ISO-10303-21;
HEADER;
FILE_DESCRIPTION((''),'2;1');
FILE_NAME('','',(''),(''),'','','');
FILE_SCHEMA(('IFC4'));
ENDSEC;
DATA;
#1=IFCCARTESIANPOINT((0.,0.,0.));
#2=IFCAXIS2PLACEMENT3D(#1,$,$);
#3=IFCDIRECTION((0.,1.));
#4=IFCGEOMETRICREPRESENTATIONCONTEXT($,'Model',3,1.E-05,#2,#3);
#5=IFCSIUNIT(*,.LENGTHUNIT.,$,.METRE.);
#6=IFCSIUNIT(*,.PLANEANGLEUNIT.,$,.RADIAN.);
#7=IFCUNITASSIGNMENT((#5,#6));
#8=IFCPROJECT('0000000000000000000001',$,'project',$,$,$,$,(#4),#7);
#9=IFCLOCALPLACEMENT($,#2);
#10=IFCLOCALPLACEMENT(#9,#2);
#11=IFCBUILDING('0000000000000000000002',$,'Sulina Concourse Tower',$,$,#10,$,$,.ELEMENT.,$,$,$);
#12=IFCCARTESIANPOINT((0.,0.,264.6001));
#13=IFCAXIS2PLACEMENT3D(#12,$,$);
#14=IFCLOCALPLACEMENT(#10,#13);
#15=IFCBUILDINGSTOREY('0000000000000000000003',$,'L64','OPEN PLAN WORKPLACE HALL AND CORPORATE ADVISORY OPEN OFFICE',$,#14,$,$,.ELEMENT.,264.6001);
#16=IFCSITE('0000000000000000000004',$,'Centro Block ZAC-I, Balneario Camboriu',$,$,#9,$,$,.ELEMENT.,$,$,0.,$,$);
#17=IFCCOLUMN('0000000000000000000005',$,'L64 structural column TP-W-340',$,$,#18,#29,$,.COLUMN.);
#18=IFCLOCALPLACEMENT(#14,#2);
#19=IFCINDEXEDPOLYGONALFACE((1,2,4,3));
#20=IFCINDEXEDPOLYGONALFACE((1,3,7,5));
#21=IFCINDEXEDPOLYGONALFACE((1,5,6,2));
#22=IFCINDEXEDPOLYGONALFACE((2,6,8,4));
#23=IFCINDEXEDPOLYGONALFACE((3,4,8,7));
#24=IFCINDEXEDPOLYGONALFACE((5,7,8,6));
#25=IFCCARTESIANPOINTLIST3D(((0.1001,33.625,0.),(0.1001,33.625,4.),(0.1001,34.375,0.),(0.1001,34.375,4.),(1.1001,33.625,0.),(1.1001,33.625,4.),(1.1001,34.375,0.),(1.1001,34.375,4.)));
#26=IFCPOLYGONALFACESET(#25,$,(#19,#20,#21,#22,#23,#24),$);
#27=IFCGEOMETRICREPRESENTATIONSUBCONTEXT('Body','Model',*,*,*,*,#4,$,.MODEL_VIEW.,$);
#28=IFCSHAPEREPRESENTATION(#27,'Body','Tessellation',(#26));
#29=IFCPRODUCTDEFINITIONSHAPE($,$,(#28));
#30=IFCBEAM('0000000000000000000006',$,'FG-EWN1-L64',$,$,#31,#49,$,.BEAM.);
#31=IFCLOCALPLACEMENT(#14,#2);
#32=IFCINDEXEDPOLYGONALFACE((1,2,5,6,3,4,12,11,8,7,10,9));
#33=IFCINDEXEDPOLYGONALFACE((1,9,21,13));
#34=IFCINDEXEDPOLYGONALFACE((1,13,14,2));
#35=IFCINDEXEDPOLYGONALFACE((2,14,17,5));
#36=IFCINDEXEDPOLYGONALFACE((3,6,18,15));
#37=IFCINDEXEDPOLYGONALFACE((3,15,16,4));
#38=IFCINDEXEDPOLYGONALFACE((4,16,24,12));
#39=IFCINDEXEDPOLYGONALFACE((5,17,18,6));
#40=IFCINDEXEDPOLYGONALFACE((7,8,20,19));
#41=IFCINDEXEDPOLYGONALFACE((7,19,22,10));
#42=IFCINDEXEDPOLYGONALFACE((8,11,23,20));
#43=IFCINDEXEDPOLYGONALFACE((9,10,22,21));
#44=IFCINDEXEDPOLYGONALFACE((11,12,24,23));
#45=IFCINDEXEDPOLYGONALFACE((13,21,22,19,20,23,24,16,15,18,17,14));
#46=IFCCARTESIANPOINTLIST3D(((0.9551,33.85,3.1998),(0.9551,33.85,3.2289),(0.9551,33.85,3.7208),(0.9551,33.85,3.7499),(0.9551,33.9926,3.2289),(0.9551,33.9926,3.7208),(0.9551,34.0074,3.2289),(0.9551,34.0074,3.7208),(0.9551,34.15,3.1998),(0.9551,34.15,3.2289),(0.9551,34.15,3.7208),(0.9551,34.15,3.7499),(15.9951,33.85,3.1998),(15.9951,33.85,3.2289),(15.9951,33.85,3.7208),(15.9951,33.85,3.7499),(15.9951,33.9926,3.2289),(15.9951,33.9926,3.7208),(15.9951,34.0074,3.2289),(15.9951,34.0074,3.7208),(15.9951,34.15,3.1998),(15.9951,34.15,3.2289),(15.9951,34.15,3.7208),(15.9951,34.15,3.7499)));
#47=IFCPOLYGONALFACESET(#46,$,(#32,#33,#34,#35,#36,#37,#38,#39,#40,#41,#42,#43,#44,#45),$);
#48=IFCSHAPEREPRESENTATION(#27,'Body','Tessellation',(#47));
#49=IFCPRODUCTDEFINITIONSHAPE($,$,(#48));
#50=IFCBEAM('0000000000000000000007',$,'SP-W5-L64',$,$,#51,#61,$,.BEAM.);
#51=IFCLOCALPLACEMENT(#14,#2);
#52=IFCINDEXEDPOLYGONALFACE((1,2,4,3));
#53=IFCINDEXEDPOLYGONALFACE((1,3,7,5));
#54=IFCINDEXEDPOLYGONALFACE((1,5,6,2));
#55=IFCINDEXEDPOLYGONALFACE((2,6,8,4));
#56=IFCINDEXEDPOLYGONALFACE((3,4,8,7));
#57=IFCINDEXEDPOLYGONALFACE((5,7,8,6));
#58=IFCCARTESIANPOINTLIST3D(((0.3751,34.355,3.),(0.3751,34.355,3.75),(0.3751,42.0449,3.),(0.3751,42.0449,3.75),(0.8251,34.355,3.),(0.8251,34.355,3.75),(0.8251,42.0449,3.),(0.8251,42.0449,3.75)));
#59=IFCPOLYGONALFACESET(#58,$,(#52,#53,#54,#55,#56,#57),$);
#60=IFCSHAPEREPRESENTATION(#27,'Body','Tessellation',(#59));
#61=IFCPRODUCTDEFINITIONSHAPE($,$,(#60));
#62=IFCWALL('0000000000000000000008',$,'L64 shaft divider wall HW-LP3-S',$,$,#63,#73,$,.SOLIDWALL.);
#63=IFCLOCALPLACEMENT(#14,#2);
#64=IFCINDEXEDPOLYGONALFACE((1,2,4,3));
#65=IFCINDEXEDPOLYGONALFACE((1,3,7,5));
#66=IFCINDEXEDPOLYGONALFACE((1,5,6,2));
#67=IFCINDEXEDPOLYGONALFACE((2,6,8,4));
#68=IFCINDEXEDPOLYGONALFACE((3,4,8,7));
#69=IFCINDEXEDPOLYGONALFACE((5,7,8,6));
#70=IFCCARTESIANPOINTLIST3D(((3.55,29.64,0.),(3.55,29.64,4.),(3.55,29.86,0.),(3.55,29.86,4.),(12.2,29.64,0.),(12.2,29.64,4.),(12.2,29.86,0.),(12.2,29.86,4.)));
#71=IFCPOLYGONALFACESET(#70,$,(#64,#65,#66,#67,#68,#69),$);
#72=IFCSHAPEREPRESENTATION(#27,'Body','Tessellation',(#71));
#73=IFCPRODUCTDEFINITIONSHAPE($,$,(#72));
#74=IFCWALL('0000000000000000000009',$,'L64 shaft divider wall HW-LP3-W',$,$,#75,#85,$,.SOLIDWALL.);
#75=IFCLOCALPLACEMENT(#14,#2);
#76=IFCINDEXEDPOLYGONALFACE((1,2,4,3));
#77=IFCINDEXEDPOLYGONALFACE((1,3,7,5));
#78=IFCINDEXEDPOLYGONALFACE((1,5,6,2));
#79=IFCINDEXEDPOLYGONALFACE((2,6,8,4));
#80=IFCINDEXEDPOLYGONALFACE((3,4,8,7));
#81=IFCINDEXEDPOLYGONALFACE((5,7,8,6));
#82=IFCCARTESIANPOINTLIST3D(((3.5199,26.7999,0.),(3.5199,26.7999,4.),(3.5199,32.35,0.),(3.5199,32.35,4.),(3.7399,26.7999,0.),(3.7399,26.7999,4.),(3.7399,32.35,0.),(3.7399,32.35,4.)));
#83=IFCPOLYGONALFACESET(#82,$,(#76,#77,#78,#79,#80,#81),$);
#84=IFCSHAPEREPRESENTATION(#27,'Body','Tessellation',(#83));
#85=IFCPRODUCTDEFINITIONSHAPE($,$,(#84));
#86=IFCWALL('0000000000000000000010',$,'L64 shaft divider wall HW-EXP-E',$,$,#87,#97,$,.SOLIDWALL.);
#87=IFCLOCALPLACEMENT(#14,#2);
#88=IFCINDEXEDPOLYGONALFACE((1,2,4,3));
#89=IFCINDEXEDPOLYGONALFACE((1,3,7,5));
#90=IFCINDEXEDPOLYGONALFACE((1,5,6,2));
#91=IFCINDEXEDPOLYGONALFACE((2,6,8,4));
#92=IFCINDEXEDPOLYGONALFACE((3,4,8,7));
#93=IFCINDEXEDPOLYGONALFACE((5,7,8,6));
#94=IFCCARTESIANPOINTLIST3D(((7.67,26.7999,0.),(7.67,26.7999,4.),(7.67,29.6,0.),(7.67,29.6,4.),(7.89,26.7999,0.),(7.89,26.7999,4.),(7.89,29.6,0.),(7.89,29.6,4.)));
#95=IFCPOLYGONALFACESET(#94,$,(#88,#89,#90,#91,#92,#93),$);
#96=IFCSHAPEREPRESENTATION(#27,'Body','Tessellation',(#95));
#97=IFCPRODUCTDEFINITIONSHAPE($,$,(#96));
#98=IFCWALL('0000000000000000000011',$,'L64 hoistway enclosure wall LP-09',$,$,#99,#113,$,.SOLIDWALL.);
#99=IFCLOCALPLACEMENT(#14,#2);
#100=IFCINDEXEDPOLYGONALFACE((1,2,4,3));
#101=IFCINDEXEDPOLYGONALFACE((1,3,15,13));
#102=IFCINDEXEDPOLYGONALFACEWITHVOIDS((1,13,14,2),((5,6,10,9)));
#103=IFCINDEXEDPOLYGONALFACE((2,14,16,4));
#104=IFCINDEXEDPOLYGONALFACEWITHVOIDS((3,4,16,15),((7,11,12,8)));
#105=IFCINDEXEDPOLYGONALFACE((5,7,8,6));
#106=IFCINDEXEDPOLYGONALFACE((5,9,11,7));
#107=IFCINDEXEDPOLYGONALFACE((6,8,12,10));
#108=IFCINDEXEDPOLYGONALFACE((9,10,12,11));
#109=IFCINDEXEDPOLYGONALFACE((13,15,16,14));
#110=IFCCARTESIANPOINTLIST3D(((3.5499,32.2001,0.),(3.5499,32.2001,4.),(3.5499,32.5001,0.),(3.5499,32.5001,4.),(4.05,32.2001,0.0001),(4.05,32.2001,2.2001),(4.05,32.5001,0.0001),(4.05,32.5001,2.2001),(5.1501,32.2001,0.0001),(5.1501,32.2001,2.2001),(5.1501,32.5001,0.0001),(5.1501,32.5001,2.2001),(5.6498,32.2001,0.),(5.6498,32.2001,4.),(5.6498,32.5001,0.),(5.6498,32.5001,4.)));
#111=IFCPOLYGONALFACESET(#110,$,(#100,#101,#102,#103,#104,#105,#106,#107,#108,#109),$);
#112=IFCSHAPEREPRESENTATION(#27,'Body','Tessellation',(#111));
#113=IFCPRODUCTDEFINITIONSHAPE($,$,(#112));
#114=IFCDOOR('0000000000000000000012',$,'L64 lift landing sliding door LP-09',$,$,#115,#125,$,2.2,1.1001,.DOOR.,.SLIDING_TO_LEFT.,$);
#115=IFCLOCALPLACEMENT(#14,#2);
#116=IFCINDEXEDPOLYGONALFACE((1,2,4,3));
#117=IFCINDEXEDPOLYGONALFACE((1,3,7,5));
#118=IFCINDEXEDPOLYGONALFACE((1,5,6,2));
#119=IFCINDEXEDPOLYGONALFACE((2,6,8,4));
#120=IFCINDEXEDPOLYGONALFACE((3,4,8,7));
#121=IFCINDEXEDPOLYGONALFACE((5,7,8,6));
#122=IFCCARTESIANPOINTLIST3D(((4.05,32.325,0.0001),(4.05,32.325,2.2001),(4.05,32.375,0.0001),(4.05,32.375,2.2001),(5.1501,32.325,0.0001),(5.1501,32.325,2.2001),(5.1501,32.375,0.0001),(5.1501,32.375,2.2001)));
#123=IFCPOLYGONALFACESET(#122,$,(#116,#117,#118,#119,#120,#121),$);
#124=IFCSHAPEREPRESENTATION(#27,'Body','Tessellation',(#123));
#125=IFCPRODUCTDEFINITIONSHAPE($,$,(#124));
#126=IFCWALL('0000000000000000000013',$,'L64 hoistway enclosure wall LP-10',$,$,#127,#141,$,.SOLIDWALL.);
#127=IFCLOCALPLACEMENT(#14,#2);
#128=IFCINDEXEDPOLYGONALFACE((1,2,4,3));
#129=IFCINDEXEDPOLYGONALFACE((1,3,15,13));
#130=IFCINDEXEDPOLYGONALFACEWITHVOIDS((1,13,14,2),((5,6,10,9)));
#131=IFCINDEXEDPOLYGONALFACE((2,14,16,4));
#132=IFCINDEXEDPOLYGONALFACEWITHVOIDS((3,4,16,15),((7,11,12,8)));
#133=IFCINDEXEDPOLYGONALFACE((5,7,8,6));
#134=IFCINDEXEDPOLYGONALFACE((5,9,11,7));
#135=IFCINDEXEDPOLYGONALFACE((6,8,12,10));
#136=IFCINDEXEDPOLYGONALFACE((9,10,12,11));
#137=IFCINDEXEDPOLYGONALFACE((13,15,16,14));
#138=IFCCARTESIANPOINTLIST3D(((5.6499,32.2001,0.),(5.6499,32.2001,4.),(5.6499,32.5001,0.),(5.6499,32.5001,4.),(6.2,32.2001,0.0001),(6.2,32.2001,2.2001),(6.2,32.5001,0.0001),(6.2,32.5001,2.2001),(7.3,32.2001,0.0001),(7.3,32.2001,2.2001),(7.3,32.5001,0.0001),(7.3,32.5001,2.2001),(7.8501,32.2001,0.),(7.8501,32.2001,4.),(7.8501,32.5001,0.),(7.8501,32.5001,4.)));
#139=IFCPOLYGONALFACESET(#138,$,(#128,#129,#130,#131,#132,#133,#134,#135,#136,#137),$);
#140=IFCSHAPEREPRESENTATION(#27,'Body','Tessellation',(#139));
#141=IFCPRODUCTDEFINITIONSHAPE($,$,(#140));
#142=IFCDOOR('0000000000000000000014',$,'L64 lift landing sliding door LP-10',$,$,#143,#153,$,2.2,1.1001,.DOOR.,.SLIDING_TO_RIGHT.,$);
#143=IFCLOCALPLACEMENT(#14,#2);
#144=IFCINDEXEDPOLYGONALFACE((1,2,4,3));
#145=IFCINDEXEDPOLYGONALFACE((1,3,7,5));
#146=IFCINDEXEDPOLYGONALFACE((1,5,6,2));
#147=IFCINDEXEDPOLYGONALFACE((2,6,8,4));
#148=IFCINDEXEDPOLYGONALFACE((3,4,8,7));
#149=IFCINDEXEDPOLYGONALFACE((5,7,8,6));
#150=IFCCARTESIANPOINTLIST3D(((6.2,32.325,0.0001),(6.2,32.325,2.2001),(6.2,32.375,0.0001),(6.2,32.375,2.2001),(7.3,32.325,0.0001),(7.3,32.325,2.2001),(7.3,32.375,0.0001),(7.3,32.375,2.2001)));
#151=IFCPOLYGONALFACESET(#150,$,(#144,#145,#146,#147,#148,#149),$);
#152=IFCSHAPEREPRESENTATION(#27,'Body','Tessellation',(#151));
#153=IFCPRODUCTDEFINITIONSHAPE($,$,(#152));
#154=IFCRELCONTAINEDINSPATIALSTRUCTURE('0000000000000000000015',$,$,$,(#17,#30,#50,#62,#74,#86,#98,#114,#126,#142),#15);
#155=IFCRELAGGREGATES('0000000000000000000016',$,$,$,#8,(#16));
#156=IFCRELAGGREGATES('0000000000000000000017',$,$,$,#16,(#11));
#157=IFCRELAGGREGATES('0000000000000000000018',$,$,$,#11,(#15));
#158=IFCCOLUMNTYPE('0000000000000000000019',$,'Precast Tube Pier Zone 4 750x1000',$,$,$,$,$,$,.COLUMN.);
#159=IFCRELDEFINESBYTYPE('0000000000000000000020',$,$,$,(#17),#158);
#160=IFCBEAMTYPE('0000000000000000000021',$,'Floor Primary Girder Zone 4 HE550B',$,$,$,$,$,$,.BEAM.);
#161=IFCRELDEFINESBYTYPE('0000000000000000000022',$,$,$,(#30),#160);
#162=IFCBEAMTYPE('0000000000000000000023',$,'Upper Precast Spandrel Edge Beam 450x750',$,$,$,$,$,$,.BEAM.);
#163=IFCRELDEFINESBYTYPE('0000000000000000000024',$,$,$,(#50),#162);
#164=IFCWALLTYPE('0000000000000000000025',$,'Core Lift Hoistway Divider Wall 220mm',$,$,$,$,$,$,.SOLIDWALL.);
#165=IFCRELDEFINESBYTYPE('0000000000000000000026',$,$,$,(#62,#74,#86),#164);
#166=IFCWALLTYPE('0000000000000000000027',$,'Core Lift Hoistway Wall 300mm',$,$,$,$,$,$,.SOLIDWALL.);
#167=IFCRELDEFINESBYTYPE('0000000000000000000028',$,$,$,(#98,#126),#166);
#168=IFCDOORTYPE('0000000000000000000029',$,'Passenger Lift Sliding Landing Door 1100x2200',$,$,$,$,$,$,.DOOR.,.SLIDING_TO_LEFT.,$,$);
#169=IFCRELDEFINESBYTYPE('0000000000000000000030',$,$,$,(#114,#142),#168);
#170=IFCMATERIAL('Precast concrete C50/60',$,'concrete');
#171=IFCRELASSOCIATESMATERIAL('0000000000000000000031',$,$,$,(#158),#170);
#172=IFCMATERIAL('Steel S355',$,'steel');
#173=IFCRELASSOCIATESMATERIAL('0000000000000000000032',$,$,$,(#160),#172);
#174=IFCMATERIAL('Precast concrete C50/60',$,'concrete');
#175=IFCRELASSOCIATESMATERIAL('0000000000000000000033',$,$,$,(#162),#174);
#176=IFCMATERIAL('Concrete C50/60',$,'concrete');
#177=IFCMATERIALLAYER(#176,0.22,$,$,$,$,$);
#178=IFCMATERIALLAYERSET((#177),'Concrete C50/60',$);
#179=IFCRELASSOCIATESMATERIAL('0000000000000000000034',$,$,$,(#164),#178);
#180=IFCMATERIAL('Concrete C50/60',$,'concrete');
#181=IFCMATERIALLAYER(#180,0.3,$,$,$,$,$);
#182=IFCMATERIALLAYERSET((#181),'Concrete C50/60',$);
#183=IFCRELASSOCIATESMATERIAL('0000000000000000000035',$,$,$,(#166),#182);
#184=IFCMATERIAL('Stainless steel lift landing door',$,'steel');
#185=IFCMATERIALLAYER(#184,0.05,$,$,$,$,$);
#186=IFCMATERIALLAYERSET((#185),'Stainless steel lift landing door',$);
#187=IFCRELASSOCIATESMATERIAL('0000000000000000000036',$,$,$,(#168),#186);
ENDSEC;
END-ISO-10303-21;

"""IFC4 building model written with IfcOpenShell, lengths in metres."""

from ifc_helpers import new_model, si_unit, direction, frame, frame_2d, origin, origin_2d, place, context, subcontext, project, spatial, rectangle, i_section, extrude, material, layer, layer_set, material_profile, profile_set, type_object, element, fill, save


model = new_model("IFC4")

# Units and contexts
model_context = context("Model", 3, precision=1e-05, world=origin(), true_north=direction((0.0, 1.0)))
body_context = subcontext(model_context, "Body", "Model", "MODEL_VIEW")
ifc_project = project(units=[si_unit("LENGTHUNIT", "METRE"), si_unit("PLANEANGLEUNIT", "RADIAN")], contexts=[model_context])

# Site, building, storey
site_placement = place(None, origin())
site = spatial("IfcSite", under=ifc_project, at=site_placement, Name="Centro Block ZAC-I, Balneario Camboriu", CompositionType="ELEMENT", RefElevation=0.0)
building_placement = place(site_placement, origin())
building = spatial("IfcBuilding", under=site, at=building_placement, Name="Sulina Concourse Tower", CompositionType="ELEMENT")
storey_placement = place(building_placement, frame((0.0, 0.0, 264.6001)))
storey = spatial("IfcBuildingStorey", under=building, at=storey_placement, Name="L64", Description="OPEN PLAN WORKPLACE HALL AND CORPORATE ADVISORY OPEN OFFICE", CompositionType="ELEMENT", Elevation=264.6001)

# Column
ifc_material_1 = material(Name="Precast concrete C50/60", Category="concrete")
ifc_material_profile_1 = material_profile(ifc_material_1, rectangle(XDim=0.75, YDim=1.0, at=origin_2d()), Name="PC 750x1000")
ifc_profile_set_1 = profile_set([ifc_material_profile_1], Name="Precast concrete C50/60")
column_type = type_object("IfcColumnType", Name="Precast Tube Pier Zone 4 750x1000", PredefinedType="COLUMN", material=ifc_profile_set_1)
column_placement = place(storey_placement, frame((0.6001, 34.0, 0.0), z_axis=(0.0, 0.0, 1.0), x_axis=(0.0, 1.0, 0.0)))
element("IfcColumn", 1, at=column_placement, inside=storey, type_object=column_type, Name="L64 structural column TP-W-340", PredefinedType="COLUMN", context=body_context, shape_type="SweptSolid", body=[
    extrude(rectangle(XDim=0.75, YDim=1.0, at=origin_2d()), origin(), (0.0, 0.0, 1.0), 4.0),
])

# Beams
ifc_material_2 = material(Name="Steel S355", Category="steel")
ifc_material_profile_2 = material_profile(ifc_material_2, i_section(OverallWidth=0.3, OverallDepth=0.55, WebThickness=0.0149, FlangeThickness=0.0291, at=origin_2d()), Name="HE 550 B")
ifc_profile_set_2 = profile_set([ifc_material_profile_2], Name="Steel S355")
beam_type_1 = type_object("IfcBeamType", Name="Floor Primary Girder Zone 4 HE550B", PredefinedType="BEAM", material=ifc_profile_set_2)
beam_1_placement = place(storey_placement, frame((0.9551, 34.0, 3.4749), z_axis=(1.0, 0.0, 0.0), x_axis=(0.0, 1.0, 0.0)))
element("IfcBeam", 2, at=beam_1_placement, inside=storey, type_object=beam_type_1, Name="FG-EWN1-L64", PredefinedType="BEAM", context=body_context, shape_type="SweptSolid", body=[
    extrude(i_section(OverallWidth=0.3, OverallDepth=0.55, WebThickness=0.0149, FlangeThickness=0.0291, at=origin_2d()), origin(), (0.0, 0.0, 1.0), 15.04),
])
ifc_material_3 = material(Name="Precast concrete C50/60", Category="concrete")
ifc_material_profile_3 = material_profile(ifc_material_3, rectangle(XDim=0.45, YDim=0.75, at=origin_2d()), Name="RC 450x750")
ifc_profile_set_3 = profile_set([ifc_material_profile_3], Name="Precast concrete C50/60")
beam_type_2 = type_object("IfcBeamType", Name="Upper Precast Spandrel Edge Beam 450x750", PredefinedType="BEAM", material=ifc_profile_set_3)
beam_2_placement = place(storey_placement, frame((0.6001, 34.355, 3.375), z_axis=(0.0, 1.0, 0.0), x_axis=(-1.0, 0.0, 0.0)))
element("IfcBeam", 3, at=beam_2_placement, inside=storey, type_object=beam_type_2, Name="SP-W5-L64", PredefinedType="BEAM", context=body_context, shape_type="SweptSolid", body=[
    extrude(rectangle(XDim=0.45, YDim=0.75, at=origin_2d()), origin(), (0.0, 0.0, 1.0), 7.6899),
])

# Walls
ifc_material_4 = material(Name="Concrete C50/60", Category="concrete")
ifc_layer_1 = layer(ifc_material_4, 0.22)
ifc_layer_set_1 = layer_set([ifc_layer_1], Name="Concrete C50/60")
wall_type_1 = type_object("IfcWallType", Name="Core Lift Hoistway Divider Wall 220mm", PredefinedType="SOLIDWALL", material=ifc_layer_set_1)
wall_1_placement = place(storey_placement, frame((3.55, 29.75, 0.0), z_axis=(0.0, 0.0, 1.0), x_axis=(1.0, 0.0, 0.0)))
element("IfcWall", 4, at=wall_1_placement, inside=storey, type_object=wall_type_1, Name="L64 shaft divider wall HW-LP3-S", PredefinedType="SOLIDWALL", context=body_context, shape_type="SweptSolid", body=[
    extrude(rectangle(XDim=8.6499, YDim=0.22, at=frame_2d((4.325, 0.0))), origin(), (0.0, 0.0, 1.0), 4.0),
])
wall_2_placement = place(storey_placement, frame((3.6299, 26.8, 0.0), z_axis=(0.0, 0.0, 1.0), x_axis=(0.0, 1.0, 0.0)))
element("IfcWall", 5, at=wall_2_placement, inside=storey, type_object=wall_type_1, Name="L64 shaft divider wall HW-LP3-W", PredefinedType="SOLIDWALL", context=body_context, shape_type="SweptSolid", body=[
    extrude(rectangle(XDim=5.55, YDim=0.22, at=frame_2d((2.7749, 0.0))), origin(), (0.0, 0.0, 1.0), 4.0),
])
wall_3_placement = place(storey_placement, frame((7.78, 26.8, 0.0), z_axis=(0.0, 0.0, 1.0), x_axis=(0.0, 1.0, 0.0)))
element("IfcWall", 6, at=wall_3_placement, inside=storey, type_object=wall_type_1, Name="L64 shaft divider wall HW-EXP-E", PredefinedType="SOLIDWALL", context=body_context, shape_type="SweptSolid", body=[
    extrude(rectangle(XDim=2.8, YDim=0.22, at=frame_2d((1.3999, 0.0))), origin(), (0.0, 0.0, 1.0), 4.0),
])

# Walls, openings, doors
ifc_material_5 = material(Name="Concrete C50/60", Category="concrete")
ifc_layer_2 = layer(ifc_material_5, 0.3)
ifc_layer_set_2 = layer_set([ifc_layer_2], Name="Concrete C50/60")
wall_type_2 = type_object("IfcWallType", Name="Core Lift Hoistway Wall 300mm", PredefinedType="SOLIDWALL", material=ifc_layer_set_2)
wall_4_placement = place(storey_placement, frame((3.55, 32.3501, 0.0), z_axis=(0.0, 0.0, 1.0), x_axis=(1.0, 0.0, 0.0)))
wall_4 = element("IfcWall", 7, at=wall_4_placement, inside=storey, type_object=wall_type_2, Name="L64 hoistway enclosure wall LP-09", PredefinedType="SOLIDWALL", context=body_context, shape_type="SweptSolid", body=[
    extrude(rectangle(XDim=2.0999, YDim=0.3, at=frame_2d((1.0498, 0.0))), origin(), (0.0, 0.0, 1.0), 4.0),
])
opening_1_placement = place(wall_4_placement, frame((0.5, 0.0, 0.0)))
opening_1 = element("IfcOpeningElement", 8, at=opening_1_placement, cuts=wall_4, PredefinedType="OPENING", context=body_context, shape_type="SweptSolid", body=[
    extrude(rectangle(XDim=1.1001, YDim=2.2, at=frame_2d((0.55, 1.1001))), frame((0.0, 0.1599, 0.0), z_axis=(0.0, -1.0, 0.0), x_axis=(1.0, 0.0, 0.0)), (0.0, 0.0, 1.0), 0.3201),
])
ifc_material_6 = material(Name="Stainless steel lift landing door", Category="steel")
ifc_layer_3 = layer(ifc_material_6, 0.05)
ifc_layer_set_3 = layer_set([ifc_layer_3], Name="Stainless steel lift landing door")
door_type_1 = type_object("IfcDoorType", Name="Passenger Lift Sliding Landing Door 1100x2200", OperationType="SLIDING_TO_LEFT", PredefinedType="DOOR", material=ifc_layer_set_3)
door_1_placement = place(opening_1_placement, origin())
door_1 = element("IfcDoor", 9, at=door_1_placement, inside=storey, type_object=door_type_1, Name="L64 lift landing sliding door LP-09", OperationType="SLIDING_TO_LEFT", OverallHeight=2.2, OverallWidth=1.1001, PredefinedType="DOOR", context=body_context, shape_type="SweptSolid", body=[
    extrude(rectangle(XDim=1.1001, YDim=2.2, at=frame_2d((0.55, 1.1001))), frame((0.0, 0.0249, 0.0), z_axis=(0.0, -1.0, 0.0), x_axis=(1.0, 0.0, 0.0)), (0.0, 0.0, 1.0), 0.05),
])
fill(opening_1, door_1)
wall_5_placement = place(storey_placement, frame((5.6499, 32.3501, 0.0), z_axis=(0.0, 0.0, 1.0), x_axis=(1.0, 0.0, 0.0)))
wall_5 = element("IfcWall", 10, at=wall_5_placement, inside=storey, type_object=wall_type_2, Name="L64 hoistway enclosure wall LP-10", PredefinedType="SOLIDWALL", context=body_context, shape_type="SweptSolid", body=[
    extrude(rectangle(XDim=2.2002, YDim=0.3, at=frame_2d((1.1001, 0.0))), origin(), (0.0, 0.0, 1.0), 4.0),
])
opening_2_placement = place(wall_5_placement, frame((0.55, 0.0, 0.0)))
opening_2 = element("IfcOpeningElement", 11, at=opening_2_placement, cuts=wall_5, PredefinedType="OPENING", context=body_context, shape_type="SweptSolid", body=[
    extrude(rectangle(XDim=1.1001, YDim=2.2, at=frame_2d((0.55, 1.1001))), frame((0.0, 0.1599, 0.0), z_axis=(0.0, -1.0, 0.0), x_axis=(1.0, 0.0, 0.0)), (0.0, 0.0, 1.0), 0.3201),
])
door_2_placement = place(opening_2_placement, origin())
door_2 = element("IfcDoor", 12, at=door_2_placement, inside=storey, type_object=door_type_1, Name="L64 lift landing sliding door LP-10", OperationType="SLIDING_TO_RIGHT", OverallHeight=2.2, OverallWidth=1.1001, PredefinedType="DOOR", context=body_context, shape_type="SweptSolid", body=[
    extrude(rectangle(XDim=1.1001, YDim=2.2, at=frame_2d((0.55, 1.1001))), frame((0.0, 0.0249, 0.0), z_axis=(0.0, -1.0, 0.0), x_axis=(1.0, 0.0, 0.0)), (0.0, 0.0, 1.0), 0.05),
])
fill(opening_2, door_2)

save(model, "model.ifc")
